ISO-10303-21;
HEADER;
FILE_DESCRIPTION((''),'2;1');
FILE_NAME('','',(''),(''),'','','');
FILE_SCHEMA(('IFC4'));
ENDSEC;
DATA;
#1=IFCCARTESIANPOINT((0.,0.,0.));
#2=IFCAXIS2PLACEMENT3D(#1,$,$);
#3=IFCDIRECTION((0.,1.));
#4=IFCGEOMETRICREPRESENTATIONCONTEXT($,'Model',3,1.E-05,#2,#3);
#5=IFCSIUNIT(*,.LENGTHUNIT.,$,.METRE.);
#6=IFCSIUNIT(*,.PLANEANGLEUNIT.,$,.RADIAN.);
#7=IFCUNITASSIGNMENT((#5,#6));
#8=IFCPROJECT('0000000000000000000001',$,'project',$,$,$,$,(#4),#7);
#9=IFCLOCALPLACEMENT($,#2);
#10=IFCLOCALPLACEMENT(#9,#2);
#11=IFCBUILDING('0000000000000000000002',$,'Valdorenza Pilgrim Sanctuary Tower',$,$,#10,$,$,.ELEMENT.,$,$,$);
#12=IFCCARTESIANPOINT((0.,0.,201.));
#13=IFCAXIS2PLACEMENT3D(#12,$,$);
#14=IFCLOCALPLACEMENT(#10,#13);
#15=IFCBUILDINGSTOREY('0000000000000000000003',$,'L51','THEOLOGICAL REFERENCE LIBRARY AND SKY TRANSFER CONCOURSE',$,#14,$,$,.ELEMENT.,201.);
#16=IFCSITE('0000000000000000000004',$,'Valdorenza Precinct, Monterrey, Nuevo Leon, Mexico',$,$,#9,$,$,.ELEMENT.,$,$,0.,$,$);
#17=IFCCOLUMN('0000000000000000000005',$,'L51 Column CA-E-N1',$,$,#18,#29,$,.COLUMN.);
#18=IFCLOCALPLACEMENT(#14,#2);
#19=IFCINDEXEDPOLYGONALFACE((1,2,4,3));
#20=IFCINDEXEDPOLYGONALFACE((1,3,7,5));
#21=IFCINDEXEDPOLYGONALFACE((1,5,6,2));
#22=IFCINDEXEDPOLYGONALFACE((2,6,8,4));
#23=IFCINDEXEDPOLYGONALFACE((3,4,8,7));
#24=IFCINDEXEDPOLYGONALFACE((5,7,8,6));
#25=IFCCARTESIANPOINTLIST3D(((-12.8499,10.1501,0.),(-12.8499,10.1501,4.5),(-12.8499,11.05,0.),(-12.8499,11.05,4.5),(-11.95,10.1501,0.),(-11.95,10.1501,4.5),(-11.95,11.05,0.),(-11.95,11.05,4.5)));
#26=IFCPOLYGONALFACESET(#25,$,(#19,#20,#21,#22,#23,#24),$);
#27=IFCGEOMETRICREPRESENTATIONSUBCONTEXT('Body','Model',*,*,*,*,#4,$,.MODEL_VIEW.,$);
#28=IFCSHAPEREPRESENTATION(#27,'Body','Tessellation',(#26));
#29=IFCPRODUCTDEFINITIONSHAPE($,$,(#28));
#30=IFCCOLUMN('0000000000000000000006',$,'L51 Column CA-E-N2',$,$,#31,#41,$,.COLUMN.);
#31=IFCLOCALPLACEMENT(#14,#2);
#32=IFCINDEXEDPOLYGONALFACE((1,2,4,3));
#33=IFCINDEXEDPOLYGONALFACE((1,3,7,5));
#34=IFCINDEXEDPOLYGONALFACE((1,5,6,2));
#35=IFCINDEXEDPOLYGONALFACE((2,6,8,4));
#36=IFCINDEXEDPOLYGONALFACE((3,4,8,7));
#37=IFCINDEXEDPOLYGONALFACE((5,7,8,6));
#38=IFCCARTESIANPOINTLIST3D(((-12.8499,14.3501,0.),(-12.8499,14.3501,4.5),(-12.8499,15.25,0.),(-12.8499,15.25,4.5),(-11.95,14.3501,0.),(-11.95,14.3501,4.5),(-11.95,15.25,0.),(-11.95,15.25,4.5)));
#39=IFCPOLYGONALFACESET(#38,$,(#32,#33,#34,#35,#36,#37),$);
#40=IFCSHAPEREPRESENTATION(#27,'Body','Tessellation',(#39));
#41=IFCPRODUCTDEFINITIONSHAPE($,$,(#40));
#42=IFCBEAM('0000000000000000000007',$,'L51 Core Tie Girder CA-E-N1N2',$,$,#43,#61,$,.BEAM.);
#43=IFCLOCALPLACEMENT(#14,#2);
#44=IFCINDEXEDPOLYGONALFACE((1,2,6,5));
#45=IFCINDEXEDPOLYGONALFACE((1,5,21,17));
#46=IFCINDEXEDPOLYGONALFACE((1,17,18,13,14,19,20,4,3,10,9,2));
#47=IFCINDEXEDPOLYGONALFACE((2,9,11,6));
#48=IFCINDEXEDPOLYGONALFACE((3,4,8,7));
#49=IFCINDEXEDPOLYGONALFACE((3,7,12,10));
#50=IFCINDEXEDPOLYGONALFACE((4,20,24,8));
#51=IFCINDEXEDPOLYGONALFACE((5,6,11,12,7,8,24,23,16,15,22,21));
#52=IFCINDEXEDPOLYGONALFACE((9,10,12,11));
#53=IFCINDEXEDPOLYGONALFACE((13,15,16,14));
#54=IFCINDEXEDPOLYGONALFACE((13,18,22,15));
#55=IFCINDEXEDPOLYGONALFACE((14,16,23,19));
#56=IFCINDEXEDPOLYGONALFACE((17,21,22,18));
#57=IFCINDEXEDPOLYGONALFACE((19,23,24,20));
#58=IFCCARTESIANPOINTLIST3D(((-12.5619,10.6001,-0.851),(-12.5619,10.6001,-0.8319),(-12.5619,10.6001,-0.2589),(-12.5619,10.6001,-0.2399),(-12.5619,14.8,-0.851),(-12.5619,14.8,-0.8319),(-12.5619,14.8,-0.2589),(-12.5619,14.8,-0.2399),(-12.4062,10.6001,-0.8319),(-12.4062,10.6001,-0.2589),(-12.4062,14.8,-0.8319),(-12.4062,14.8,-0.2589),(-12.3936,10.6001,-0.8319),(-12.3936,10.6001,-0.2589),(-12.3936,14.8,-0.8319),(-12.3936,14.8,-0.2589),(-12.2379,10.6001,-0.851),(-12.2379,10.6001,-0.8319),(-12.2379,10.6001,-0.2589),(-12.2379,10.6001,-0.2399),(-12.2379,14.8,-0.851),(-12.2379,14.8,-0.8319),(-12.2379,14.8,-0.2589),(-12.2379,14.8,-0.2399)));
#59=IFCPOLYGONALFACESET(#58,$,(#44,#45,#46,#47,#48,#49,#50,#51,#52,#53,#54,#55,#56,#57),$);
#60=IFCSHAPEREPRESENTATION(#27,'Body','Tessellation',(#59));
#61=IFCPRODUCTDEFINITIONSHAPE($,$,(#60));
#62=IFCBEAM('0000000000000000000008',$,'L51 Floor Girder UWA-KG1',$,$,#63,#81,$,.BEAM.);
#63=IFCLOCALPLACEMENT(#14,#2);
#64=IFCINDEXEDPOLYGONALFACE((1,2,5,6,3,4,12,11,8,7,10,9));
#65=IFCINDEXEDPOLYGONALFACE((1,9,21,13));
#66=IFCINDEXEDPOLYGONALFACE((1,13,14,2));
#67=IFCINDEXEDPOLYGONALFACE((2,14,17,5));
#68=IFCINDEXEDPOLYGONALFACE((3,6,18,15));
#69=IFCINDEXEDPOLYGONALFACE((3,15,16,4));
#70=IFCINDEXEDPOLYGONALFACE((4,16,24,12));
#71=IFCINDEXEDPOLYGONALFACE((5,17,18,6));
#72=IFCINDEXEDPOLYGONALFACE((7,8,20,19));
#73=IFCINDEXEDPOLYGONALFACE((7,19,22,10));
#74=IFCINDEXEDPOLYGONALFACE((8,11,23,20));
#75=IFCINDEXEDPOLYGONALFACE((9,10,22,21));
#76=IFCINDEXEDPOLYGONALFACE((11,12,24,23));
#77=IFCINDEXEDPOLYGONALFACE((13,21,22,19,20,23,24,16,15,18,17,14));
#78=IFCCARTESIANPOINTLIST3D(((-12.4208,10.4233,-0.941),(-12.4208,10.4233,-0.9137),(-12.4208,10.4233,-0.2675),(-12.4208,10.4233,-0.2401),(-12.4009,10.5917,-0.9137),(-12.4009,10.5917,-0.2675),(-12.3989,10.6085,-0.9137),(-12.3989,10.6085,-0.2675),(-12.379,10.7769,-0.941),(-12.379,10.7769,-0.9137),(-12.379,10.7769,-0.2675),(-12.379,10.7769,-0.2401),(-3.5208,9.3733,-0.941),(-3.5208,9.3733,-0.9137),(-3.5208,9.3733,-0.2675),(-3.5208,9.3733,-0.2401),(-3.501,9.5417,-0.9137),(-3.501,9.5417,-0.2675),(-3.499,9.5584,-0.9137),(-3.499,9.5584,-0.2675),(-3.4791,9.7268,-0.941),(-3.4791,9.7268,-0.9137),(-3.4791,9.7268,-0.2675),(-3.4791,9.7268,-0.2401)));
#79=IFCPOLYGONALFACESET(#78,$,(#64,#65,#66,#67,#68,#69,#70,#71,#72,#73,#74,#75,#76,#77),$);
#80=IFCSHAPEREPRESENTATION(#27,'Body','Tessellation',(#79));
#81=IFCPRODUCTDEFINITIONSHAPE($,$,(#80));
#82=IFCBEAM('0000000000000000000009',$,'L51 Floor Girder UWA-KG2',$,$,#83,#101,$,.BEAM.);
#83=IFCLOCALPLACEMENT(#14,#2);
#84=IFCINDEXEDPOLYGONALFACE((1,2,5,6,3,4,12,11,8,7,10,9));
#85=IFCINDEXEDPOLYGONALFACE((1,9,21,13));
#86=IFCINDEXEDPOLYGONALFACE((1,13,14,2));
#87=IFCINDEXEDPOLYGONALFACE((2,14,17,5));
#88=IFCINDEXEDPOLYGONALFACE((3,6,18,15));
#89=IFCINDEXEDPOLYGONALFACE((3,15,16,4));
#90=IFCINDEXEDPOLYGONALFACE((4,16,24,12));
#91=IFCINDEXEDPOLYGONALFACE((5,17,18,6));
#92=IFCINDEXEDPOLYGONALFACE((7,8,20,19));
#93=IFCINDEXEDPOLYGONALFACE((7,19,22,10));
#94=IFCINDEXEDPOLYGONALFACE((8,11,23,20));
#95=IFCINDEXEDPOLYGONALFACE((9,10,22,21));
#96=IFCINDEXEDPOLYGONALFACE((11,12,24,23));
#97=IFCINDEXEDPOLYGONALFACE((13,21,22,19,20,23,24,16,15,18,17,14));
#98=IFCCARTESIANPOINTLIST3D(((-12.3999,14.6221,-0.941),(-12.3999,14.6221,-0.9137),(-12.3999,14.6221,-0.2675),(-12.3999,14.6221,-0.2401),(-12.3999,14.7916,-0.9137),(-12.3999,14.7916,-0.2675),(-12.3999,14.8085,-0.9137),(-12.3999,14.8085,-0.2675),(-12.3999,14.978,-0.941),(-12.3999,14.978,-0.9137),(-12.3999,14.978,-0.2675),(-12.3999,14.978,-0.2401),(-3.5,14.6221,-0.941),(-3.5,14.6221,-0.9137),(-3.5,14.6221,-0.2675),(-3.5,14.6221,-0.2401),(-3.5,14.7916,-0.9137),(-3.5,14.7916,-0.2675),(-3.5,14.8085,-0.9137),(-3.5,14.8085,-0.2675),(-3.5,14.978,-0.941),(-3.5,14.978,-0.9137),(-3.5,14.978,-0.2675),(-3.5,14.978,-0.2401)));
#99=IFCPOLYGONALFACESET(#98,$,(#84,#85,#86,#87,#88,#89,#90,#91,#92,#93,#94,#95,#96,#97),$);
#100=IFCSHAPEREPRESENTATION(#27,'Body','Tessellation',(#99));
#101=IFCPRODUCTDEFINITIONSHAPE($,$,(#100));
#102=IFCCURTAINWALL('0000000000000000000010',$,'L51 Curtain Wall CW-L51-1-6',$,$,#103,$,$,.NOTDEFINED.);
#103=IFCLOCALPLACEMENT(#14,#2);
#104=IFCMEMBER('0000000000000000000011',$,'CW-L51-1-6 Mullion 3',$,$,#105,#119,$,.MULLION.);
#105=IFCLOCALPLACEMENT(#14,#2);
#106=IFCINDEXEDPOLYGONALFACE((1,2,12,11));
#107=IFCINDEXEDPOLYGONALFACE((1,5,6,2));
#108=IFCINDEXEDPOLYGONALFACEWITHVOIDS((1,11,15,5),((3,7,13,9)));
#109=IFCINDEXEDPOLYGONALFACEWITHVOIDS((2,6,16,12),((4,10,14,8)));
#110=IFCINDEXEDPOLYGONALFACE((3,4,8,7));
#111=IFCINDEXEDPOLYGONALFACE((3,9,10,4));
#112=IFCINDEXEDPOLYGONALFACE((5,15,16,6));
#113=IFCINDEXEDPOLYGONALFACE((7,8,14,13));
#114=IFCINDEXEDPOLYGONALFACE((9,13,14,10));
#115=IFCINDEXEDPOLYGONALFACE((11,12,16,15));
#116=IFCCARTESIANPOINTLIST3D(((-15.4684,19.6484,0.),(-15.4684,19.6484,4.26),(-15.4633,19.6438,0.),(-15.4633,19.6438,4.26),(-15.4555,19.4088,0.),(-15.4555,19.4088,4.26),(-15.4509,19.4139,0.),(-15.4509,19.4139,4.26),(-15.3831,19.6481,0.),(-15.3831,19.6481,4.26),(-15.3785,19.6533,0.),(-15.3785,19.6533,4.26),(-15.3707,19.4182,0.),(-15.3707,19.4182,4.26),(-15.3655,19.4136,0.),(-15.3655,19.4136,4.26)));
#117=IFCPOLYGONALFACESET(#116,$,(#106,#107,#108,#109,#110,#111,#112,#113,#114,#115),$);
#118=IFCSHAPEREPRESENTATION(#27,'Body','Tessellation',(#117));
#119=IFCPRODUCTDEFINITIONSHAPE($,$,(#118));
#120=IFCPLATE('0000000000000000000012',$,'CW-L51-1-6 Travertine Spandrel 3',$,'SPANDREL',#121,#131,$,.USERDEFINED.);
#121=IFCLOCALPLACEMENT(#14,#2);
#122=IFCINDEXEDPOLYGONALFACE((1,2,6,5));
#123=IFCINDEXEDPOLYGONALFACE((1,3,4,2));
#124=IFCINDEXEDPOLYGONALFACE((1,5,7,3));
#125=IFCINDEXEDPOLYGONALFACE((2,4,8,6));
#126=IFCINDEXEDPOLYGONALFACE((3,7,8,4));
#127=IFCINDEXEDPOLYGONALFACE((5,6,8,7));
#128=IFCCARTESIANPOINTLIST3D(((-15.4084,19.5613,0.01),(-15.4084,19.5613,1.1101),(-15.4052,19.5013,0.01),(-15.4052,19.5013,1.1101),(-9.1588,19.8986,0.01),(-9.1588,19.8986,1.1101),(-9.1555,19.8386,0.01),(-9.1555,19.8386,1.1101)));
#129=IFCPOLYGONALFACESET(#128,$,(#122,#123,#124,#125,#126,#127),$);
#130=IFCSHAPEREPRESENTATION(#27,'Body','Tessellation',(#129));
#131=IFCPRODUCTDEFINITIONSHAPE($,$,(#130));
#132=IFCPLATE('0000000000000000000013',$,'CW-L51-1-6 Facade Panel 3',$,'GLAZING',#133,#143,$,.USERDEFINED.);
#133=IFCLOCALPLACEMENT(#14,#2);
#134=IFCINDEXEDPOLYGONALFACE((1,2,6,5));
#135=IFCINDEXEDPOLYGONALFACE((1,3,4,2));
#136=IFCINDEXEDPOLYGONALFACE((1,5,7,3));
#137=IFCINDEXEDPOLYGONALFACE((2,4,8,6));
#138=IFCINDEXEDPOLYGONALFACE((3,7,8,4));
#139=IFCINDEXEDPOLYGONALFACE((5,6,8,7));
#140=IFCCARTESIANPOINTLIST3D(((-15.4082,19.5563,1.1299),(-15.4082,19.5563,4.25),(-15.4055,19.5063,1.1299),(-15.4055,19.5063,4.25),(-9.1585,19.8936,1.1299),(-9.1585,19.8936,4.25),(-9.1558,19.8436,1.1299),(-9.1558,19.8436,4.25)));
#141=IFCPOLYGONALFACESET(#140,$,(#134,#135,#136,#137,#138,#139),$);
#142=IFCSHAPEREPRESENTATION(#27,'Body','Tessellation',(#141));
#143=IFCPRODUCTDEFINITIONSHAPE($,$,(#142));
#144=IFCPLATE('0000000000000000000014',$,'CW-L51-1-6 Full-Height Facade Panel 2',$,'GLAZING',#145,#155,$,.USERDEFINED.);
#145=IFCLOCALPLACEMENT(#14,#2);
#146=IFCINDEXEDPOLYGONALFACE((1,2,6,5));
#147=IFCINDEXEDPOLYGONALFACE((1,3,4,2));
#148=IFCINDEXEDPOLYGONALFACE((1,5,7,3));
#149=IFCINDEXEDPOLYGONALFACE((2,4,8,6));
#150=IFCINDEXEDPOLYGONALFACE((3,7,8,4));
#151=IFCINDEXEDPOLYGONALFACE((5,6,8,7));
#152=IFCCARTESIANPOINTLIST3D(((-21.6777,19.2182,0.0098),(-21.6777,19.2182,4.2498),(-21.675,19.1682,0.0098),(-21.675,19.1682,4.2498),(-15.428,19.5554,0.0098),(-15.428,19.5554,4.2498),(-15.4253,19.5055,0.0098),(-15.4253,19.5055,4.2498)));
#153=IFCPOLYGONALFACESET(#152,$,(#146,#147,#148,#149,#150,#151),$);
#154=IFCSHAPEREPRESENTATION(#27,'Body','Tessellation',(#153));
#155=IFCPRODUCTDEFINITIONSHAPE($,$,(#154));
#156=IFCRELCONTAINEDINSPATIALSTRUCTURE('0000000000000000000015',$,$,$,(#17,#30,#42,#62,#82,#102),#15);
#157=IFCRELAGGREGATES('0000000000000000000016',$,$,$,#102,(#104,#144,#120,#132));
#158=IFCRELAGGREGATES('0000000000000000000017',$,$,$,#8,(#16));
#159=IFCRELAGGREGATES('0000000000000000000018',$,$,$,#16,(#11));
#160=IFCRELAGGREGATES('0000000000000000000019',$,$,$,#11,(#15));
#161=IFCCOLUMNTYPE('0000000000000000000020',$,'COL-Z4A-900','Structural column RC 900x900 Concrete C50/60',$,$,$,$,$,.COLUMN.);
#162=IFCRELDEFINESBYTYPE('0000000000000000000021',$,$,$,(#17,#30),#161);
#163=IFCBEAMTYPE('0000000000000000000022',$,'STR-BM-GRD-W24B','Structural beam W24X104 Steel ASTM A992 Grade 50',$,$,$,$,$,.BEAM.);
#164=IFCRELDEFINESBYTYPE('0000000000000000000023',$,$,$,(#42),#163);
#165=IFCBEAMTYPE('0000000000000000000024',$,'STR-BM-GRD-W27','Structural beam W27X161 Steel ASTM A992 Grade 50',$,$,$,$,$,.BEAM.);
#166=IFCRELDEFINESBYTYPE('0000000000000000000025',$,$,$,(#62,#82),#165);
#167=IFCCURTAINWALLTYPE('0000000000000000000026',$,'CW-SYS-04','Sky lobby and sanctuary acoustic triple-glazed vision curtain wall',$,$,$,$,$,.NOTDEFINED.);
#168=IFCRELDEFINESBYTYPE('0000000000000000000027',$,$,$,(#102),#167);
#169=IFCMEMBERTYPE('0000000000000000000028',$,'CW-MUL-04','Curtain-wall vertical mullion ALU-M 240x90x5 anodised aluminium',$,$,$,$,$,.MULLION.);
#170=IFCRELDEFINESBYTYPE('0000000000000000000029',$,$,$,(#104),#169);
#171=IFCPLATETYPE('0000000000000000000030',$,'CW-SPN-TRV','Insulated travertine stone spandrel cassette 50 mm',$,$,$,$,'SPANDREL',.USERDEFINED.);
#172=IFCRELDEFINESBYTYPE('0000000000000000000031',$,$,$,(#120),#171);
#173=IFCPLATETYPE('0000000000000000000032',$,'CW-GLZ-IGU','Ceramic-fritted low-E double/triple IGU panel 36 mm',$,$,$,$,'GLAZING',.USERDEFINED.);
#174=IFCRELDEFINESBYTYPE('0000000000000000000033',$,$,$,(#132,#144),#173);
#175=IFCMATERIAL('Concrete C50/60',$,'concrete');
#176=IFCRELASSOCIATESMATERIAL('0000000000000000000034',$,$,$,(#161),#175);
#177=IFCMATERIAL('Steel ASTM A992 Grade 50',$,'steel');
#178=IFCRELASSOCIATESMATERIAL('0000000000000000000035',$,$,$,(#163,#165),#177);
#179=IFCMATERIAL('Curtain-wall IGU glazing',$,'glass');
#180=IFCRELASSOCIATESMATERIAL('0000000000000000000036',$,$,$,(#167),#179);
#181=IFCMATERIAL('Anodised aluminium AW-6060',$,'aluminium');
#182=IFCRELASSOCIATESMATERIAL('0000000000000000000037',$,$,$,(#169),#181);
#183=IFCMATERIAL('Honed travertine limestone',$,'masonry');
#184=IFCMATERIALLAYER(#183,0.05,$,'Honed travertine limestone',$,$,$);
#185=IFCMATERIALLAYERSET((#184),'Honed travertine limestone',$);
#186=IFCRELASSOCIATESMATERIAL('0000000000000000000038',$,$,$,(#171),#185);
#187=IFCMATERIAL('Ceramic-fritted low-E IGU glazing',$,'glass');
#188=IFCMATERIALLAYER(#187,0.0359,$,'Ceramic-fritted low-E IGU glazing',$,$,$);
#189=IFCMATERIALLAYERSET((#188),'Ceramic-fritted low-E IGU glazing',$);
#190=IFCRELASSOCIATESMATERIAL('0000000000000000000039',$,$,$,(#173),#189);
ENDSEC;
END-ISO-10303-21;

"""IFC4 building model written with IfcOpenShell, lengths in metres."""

from ifc_helpers import new_model, si_unit, direction, frame, origin, origin_2d, place, context, subcontext, project, spatial, rectangle, hollow_rectangle, i_section, extrude, source, transform, mapped, material, layer, layer_set, material_profile, profile_set, type_object, element, aggregate, save


model = new_model("IFC4")

# Units and contexts
model_context = context("Model", 3, precision=1e-05, world=origin(), true_north=direction((0.0, 1.0)))
body_context = subcontext(model_context, "Body", "Model", "MODEL_VIEW")
ifc_project = project(units=[si_unit("LENGTHUNIT", "METRE"), si_unit("PLANEANGLEUNIT", "RADIAN")], contexts=[model_context])

# Site, building, storey
site_placement = place(None, origin())
site = spatial("IfcSite", under=ifc_project, at=site_placement, Name="Valdorenza Precinct, Monterrey, Nuevo Leon, Mexico", CompositionType="ELEMENT", RefElevation=0.0)
building_placement = place(site_placement, origin())
building = spatial("IfcBuilding", under=site, at=building_placement, Name="Valdorenza Pilgrim Sanctuary Tower", CompositionType="ELEMENT")
storey_placement = place(building_placement, frame((0.0, 0.0, 201.0)))
storey = spatial("IfcBuildingStorey", under=building, at=storey_placement, Name="L51", Description="THEOLOGICAL REFERENCE LIBRARY AND SKY TRANSFER CONCOURSE", CompositionType="ELEMENT", Elevation=201.0)

# Columns
ifc_material_1 = material(Name="Concrete C50/60", Category="concrete")
ifc_material_profile_1 = material_profile(ifc_material_1, rectangle(XDim=0.8999, YDim=0.8999, at=origin_2d()), Name="RC 900x900")
ifc_profile_set_1 = profile_set([ifc_material_profile_1], Name="Concrete C50/60")
column_type = type_object("IfcColumnType", Name="COL-Z4A-900", Description="Structural column RC 900x900 Concrete C50/60", PredefinedType="COLUMN", material=ifc_profile_set_1)
shared_shape_1 = source(origin(), body_context, "Body", "SweptSolid", [
    extrude(rectangle(XDim=0.8999, YDim=0.8999, at=origin_2d()), origin(), (0.0, 0.0, 1.0), 4.5),
])
for number, where, z_axis, x_axis, name in (
    (1, (-12.3999, 10.6001, 0.0), (0.0, 0.0, 1.0), (1.0, 0.0, 0.0), "L51 Column CA-E-N1"),
    (2, (-12.3999, 14.8, 0.0), (0.0, 0.0, 1.0), (1.0, 0.0, 0.0), "L51 Column CA-E-N2"),
):
    element("IfcColumn", number, at=place(storey_placement, frame(where, z_axis=z_axis, x_axis=x_axis)), inside=storey, type_object=column_type, Name=name, PredefinedType="COLUMN", context=body_context, shape_type="MappedRepresentation", body=[
        mapped(shared_shape_1, transform((0.0, 0.0, 0.0), x_axis=(1.0, 0.0, 0.0), y_axis=(0.0, 1.0, 0.0), z_axis=(0.0, 0.0, 1.0), scale=1.0)),
    ])

# Beams
ifc_material_2 = material(Name="Steel ASTM A992 Grade 50", Category="steel")
ifc_material_profile_2 = material_profile(ifc_material_2, i_section(OverallWidth=0.324, OverallDepth=0.6111, WebThickness=0.0127, FlangeThickness=0.019, at=origin_2d()), Name="W24X104")
ifc_profile_set_2 = profile_set([ifc_material_profile_2], Name="Steel ASTM A992 Grade 50")
beam_type_1 = type_object("IfcBeamType", Name="STR-BM-GRD-W24B", Description="Structural beam W24X104 Steel ASTM A992 Grade 50", PredefinedType="BEAM", material=ifc_profile_set_2)
shared_shape_2 = source(origin(), body_context, "Body", "SweptSolid", [
    extrude(i_section(OverallWidth=0.324, OverallDepth=0.6111, WebThickness=0.0127, FlangeThickness=0.019, at=origin_2d()), origin(), (0.0, 0.0, 1.0), 4.2),
])
beam_1_placement = place(storey_placement, frame((-12.3999, 10.6001, -0.5454), z_axis=(0.0, 1.0, 0.0), x_axis=(-1.0, 0.0, 0.0)))
element("IfcBeam", 3, at=beam_1_placement, inside=storey, type_object=beam_type_1, Name="L51 Core Tie Girder CA-E-N1N2", PredefinedType="BEAM", context=body_context, shape_type="MappedRepresentation", body=[
    mapped(shared_shape_2, transform((0.0, 0.0, 0.0), x_axis=(1.0, 0.0, 0.0), y_axis=(0.0, 1.0, 0.0), z_axis=(0.0, 0.0, 1.0), scale=1.0)),
])
ifc_material_profile_3 = material_profile(ifc_material_2, i_section(OverallWidth=0.356, OverallDepth=0.7009, WebThickness=0.0168, FlangeThickness=0.0273, at=origin_2d()), Name="W27X161")
ifc_profile_set_3 = profile_set([ifc_material_profile_3], Name="Steel ASTM A992 Grade 50")
beam_type_2 = type_object("IfcBeamType", Name="STR-BM-GRD-W27", Description="Structural beam W27X161 Steel ASTM A992 Grade 50", PredefinedType="BEAM", material=ifc_profile_set_3)
shared_shape_3 = source(origin(), body_context, "Body", "SweptSolid", [
    extrude(i_section(OverallWidth=0.356, OverallDepth=0.7009, WebThickness=0.0168, FlangeThickness=0.0273, at=origin_2d()), origin(), (0.0, 0.0, 1.0), 8.9617),
])
beam_2_placement = place(storey_placement, frame((-12.3999, 10.6001, -0.5906), z_axis=(0.993112, -0.117172, 0.0), x_axis=(0.117172, 0.993112, 0.0)))
element("IfcBeam", 4, at=beam_2_placement, inside=storey, type_object=beam_type_2, Name="L51 Floor Girder UWA-KG1", PredefinedType="BEAM", context=body_context, shape_type="MappedRepresentation", body=[
    mapped(shared_shape_3, transform((0.0, 0.0, 0.0), x_axis=(1.0, 0.0, 0.0), y_axis=(0.0, 1.0, 0.0), z_axis=(0.0, 0.0, 1.0), scale=1.0)),
])
shared_shape_4 = source(origin(), body_context, "Body", "SweptSolid", [
    extrude(i_section(OverallWidth=0.356, OverallDepth=0.7009, WebThickness=0.0168, FlangeThickness=0.0273, at=origin_2d()), origin(), (0.0, 0.0, 1.0), 8.8999),
])
beam_3_placement = place(storey_placement, frame((-12.3999, 14.8, -0.5906), z_axis=(1.0, 0.0, 0.0), x_axis=(0.0, 1.0, 0.0)))
element("IfcBeam", 5, at=beam_3_placement, inside=storey, type_object=beam_type_2, Name="L51 Floor Girder UWA-KG2", PredefinedType="BEAM", context=body_context, shape_type="MappedRepresentation", body=[
    mapped(shared_shape_4, transform((0.0, 0.0, 0.0), x_axis=(1.0, 0.0, 0.0), y_axis=(0.0, 1.0, 0.0), z_axis=(0.0, 0.0, 1.0), scale=1.0)),
])

# Curtain wall, member, plates
ifc_material_3 = material(Name="Curtain-wall IGU glazing", Category="glass")
curtain_wall_type = type_object("IfcCurtainWallType", Name="CW-SYS-04", Description="Sky lobby and sanctuary acoustic triple-glazed vision curtain wall", PredefinedType="NOTDEFINED", material=ifc_material_3)
curtain_wall_placement = place(storey_placement, origin())
curtain_wall = element("IfcCurtainWall", 6, at=curtain_wall_placement, inside=storey, type_object=curtain_wall_type, Name="L51 Curtain Wall CW-L51-1-6", PredefinedType="NOTDEFINED")
ifc_material_4 = material(Name="Anodised aluminium AW-6060", Category="aluminium")
ifc_material_profile_4 = material_profile(ifc_material_4, hollow_rectangle(XDim=0.0901, YDim=0.24, WallThickness=0.0049, at=origin_2d()), Name="ALU-M 240x90x5")
ifc_profile_set_4 = profile_set([ifc_material_profile_4], Name="Anodised aluminium AW-6060")
member_type = type_object("IfcMemberType", Name="CW-MUL-04", Description="Curtain-wall vertical mullion ALU-M 240x90x5 anodised aluminium", PredefinedType="MULLION", material=ifc_profile_set_4)
shared_shape_5 = source(origin(), body_context, "Body", "SweptSolid", [
    extrude(hollow_rectangle(XDim=0.0901, YDim=0.24, WallThickness=0.0049, at=origin_2d()), origin(), (0.0, 0.0, 1.0), 4.26),
])
member_placement = place(storey_placement, frame((-15.417, 19.531, 0.0), z_axis=(0.0, 0.0, 1.0), x_axis=(0.998547, 0.053887, 0.0)))
member = element("IfcMember", 7, at=member_placement, type_object=member_type, Name="CW-L51-1-6 Mullion 3", PredefinedType="MULLION", context=body_context, shape_type="MappedRepresentation", body=[
    mapped(shared_shape_5, transform((0.0, 0.0, 0.0), x_axis=(1.0, 0.0, 0.0), y_axis=(0.0, 1.0, 0.0), z_axis=(0.0, 0.0, 1.0), scale=1.0)),
])
ifc_material_5 = material(Name="Honed travertine limestone", Category="masonry")
ifc_layer_1 = layer(ifc_material_5, 0.05, Name="Honed travertine limestone")
ifc_layer_set_1 = layer_set([ifc_layer_1], Name="Honed travertine limestone")
plate_type_1 = type_object("IfcPlateType", Name="CW-SPN-TRV", Description="Insulated travertine stone spandrel cassette 50 mm", ElementType="SPANDREL", PredefinedType="USERDEFINED", material=ifc_layer_set_1)
shared_shape_6 = source(origin(), body_context, "Body", "SweptSolid", [
    extrude(rectangle(XDim=6.2588, YDim=0.0601, at=origin_2d()), origin(), (0.0, 0.0, 1.0), 1.1001),
])
plate_1_placement = place(storey_placement, frame((-12.282, 19.7, 0.01), z_axis=(0.0, 0.0, 1.0), x_axis=(0.998547, 0.053887, 0.0)))
plate_1 = element("IfcPlate", 8, at=plate_1_placement, type_object=plate_type_1, Name="CW-L51-1-6 Travertine Spandrel 3", ObjectType="SPANDREL", PredefinedType="USERDEFINED", context=body_context, shape_type="MappedRepresentation", body=[
    mapped(shared_shape_6, transform((0.0, 0.0, 0.0), x_axis=(1.0, 0.0, 0.0), y_axis=(0.0, 1.0, 0.0), z_axis=(0.0, 0.0, 1.0), scale=1.0)),
])
ifc_material_6 = material(Name="Ceramic-fritted low-E IGU glazing", Category="glass")
ifc_layer_2 = layer(ifc_material_6, 0.0359, Name="Ceramic-fritted low-E IGU glazing")
ifc_layer_set_2 = layer_set([ifc_layer_2], Name="Ceramic-fritted low-E IGU glazing")
plate_type_2 = type_object("IfcPlateType", Name="CW-GLZ-IGU", Description="Ceramic-fritted low-E double/triple IGU panel 36 mm", ElementType="GLAZING", PredefinedType="USERDEFINED", material=ifc_layer_set_2)
shared_shape_7 = source(origin(), body_context, "Body", "SweptSolid", [
    extrude(rectangle(XDim=6.2588, YDim=0.05, at=origin_2d()), origin(), (0.0, 0.0, 1.0), 3.1201),
])
plate_2_placement = place(storey_placement, frame((-12.282, 19.7, 1.1299), z_axis=(0.0, 0.0, 1.0), x_axis=(0.998547, 0.053887, 0.0)))
plate_2 = element("IfcPlate", 9, at=plate_2_placement, type_object=plate_type_2, Name="CW-L51-1-6 Facade Panel 3", ObjectType="GLAZING", PredefinedType="USERDEFINED", context=body_context, shape_type="MappedRepresentation", body=[
    mapped(shared_shape_7, transform((0.0, 0.0, 0.0), x_axis=(1.0, 0.0, 0.0), y_axis=(0.0, 1.0, 0.0), z_axis=(0.0, 0.0, 1.0), scale=1.0)),
])
shared_shape_8 = source(origin(), body_context, "Body", "SweptSolid", [
    extrude(rectangle(XDim=6.2588, YDim=0.05, at=origin_2d()), origin(), (0.0, 0.0, 1.0), 4.24),
])
plate_3_placement = place(storey_placement, frame((-18.5515, 19.3618, 0.0098), z_axis=(0.0, 0.0, 1.0), x_axis=(0.998547, 0.053887, 0.0)))
plate_3 = element("IfcPlate", 10, at=plate_3_placement, type_object=plate_type_2, Name="CW-L51-1-6 Full-Height Facade Panel 2", ObjectType="GLAZING", PredefinedType="USERDEFINED", context=body_context, shape_type="MappedRepresentation", body=[
    mapped(shared_shape_8, transform((0.0, 0.0, 0.0), x_axis=(1.0, 0.0, 0.0), y_axis=(0.0, 1.0, 0.0), z_axis=(0.0, 0.0, 1.0), scale=1.0)),
])
aggregate(curtain_wall, [member, plate_3, plate_1, plate_2])

save(model, "model.ifc")
